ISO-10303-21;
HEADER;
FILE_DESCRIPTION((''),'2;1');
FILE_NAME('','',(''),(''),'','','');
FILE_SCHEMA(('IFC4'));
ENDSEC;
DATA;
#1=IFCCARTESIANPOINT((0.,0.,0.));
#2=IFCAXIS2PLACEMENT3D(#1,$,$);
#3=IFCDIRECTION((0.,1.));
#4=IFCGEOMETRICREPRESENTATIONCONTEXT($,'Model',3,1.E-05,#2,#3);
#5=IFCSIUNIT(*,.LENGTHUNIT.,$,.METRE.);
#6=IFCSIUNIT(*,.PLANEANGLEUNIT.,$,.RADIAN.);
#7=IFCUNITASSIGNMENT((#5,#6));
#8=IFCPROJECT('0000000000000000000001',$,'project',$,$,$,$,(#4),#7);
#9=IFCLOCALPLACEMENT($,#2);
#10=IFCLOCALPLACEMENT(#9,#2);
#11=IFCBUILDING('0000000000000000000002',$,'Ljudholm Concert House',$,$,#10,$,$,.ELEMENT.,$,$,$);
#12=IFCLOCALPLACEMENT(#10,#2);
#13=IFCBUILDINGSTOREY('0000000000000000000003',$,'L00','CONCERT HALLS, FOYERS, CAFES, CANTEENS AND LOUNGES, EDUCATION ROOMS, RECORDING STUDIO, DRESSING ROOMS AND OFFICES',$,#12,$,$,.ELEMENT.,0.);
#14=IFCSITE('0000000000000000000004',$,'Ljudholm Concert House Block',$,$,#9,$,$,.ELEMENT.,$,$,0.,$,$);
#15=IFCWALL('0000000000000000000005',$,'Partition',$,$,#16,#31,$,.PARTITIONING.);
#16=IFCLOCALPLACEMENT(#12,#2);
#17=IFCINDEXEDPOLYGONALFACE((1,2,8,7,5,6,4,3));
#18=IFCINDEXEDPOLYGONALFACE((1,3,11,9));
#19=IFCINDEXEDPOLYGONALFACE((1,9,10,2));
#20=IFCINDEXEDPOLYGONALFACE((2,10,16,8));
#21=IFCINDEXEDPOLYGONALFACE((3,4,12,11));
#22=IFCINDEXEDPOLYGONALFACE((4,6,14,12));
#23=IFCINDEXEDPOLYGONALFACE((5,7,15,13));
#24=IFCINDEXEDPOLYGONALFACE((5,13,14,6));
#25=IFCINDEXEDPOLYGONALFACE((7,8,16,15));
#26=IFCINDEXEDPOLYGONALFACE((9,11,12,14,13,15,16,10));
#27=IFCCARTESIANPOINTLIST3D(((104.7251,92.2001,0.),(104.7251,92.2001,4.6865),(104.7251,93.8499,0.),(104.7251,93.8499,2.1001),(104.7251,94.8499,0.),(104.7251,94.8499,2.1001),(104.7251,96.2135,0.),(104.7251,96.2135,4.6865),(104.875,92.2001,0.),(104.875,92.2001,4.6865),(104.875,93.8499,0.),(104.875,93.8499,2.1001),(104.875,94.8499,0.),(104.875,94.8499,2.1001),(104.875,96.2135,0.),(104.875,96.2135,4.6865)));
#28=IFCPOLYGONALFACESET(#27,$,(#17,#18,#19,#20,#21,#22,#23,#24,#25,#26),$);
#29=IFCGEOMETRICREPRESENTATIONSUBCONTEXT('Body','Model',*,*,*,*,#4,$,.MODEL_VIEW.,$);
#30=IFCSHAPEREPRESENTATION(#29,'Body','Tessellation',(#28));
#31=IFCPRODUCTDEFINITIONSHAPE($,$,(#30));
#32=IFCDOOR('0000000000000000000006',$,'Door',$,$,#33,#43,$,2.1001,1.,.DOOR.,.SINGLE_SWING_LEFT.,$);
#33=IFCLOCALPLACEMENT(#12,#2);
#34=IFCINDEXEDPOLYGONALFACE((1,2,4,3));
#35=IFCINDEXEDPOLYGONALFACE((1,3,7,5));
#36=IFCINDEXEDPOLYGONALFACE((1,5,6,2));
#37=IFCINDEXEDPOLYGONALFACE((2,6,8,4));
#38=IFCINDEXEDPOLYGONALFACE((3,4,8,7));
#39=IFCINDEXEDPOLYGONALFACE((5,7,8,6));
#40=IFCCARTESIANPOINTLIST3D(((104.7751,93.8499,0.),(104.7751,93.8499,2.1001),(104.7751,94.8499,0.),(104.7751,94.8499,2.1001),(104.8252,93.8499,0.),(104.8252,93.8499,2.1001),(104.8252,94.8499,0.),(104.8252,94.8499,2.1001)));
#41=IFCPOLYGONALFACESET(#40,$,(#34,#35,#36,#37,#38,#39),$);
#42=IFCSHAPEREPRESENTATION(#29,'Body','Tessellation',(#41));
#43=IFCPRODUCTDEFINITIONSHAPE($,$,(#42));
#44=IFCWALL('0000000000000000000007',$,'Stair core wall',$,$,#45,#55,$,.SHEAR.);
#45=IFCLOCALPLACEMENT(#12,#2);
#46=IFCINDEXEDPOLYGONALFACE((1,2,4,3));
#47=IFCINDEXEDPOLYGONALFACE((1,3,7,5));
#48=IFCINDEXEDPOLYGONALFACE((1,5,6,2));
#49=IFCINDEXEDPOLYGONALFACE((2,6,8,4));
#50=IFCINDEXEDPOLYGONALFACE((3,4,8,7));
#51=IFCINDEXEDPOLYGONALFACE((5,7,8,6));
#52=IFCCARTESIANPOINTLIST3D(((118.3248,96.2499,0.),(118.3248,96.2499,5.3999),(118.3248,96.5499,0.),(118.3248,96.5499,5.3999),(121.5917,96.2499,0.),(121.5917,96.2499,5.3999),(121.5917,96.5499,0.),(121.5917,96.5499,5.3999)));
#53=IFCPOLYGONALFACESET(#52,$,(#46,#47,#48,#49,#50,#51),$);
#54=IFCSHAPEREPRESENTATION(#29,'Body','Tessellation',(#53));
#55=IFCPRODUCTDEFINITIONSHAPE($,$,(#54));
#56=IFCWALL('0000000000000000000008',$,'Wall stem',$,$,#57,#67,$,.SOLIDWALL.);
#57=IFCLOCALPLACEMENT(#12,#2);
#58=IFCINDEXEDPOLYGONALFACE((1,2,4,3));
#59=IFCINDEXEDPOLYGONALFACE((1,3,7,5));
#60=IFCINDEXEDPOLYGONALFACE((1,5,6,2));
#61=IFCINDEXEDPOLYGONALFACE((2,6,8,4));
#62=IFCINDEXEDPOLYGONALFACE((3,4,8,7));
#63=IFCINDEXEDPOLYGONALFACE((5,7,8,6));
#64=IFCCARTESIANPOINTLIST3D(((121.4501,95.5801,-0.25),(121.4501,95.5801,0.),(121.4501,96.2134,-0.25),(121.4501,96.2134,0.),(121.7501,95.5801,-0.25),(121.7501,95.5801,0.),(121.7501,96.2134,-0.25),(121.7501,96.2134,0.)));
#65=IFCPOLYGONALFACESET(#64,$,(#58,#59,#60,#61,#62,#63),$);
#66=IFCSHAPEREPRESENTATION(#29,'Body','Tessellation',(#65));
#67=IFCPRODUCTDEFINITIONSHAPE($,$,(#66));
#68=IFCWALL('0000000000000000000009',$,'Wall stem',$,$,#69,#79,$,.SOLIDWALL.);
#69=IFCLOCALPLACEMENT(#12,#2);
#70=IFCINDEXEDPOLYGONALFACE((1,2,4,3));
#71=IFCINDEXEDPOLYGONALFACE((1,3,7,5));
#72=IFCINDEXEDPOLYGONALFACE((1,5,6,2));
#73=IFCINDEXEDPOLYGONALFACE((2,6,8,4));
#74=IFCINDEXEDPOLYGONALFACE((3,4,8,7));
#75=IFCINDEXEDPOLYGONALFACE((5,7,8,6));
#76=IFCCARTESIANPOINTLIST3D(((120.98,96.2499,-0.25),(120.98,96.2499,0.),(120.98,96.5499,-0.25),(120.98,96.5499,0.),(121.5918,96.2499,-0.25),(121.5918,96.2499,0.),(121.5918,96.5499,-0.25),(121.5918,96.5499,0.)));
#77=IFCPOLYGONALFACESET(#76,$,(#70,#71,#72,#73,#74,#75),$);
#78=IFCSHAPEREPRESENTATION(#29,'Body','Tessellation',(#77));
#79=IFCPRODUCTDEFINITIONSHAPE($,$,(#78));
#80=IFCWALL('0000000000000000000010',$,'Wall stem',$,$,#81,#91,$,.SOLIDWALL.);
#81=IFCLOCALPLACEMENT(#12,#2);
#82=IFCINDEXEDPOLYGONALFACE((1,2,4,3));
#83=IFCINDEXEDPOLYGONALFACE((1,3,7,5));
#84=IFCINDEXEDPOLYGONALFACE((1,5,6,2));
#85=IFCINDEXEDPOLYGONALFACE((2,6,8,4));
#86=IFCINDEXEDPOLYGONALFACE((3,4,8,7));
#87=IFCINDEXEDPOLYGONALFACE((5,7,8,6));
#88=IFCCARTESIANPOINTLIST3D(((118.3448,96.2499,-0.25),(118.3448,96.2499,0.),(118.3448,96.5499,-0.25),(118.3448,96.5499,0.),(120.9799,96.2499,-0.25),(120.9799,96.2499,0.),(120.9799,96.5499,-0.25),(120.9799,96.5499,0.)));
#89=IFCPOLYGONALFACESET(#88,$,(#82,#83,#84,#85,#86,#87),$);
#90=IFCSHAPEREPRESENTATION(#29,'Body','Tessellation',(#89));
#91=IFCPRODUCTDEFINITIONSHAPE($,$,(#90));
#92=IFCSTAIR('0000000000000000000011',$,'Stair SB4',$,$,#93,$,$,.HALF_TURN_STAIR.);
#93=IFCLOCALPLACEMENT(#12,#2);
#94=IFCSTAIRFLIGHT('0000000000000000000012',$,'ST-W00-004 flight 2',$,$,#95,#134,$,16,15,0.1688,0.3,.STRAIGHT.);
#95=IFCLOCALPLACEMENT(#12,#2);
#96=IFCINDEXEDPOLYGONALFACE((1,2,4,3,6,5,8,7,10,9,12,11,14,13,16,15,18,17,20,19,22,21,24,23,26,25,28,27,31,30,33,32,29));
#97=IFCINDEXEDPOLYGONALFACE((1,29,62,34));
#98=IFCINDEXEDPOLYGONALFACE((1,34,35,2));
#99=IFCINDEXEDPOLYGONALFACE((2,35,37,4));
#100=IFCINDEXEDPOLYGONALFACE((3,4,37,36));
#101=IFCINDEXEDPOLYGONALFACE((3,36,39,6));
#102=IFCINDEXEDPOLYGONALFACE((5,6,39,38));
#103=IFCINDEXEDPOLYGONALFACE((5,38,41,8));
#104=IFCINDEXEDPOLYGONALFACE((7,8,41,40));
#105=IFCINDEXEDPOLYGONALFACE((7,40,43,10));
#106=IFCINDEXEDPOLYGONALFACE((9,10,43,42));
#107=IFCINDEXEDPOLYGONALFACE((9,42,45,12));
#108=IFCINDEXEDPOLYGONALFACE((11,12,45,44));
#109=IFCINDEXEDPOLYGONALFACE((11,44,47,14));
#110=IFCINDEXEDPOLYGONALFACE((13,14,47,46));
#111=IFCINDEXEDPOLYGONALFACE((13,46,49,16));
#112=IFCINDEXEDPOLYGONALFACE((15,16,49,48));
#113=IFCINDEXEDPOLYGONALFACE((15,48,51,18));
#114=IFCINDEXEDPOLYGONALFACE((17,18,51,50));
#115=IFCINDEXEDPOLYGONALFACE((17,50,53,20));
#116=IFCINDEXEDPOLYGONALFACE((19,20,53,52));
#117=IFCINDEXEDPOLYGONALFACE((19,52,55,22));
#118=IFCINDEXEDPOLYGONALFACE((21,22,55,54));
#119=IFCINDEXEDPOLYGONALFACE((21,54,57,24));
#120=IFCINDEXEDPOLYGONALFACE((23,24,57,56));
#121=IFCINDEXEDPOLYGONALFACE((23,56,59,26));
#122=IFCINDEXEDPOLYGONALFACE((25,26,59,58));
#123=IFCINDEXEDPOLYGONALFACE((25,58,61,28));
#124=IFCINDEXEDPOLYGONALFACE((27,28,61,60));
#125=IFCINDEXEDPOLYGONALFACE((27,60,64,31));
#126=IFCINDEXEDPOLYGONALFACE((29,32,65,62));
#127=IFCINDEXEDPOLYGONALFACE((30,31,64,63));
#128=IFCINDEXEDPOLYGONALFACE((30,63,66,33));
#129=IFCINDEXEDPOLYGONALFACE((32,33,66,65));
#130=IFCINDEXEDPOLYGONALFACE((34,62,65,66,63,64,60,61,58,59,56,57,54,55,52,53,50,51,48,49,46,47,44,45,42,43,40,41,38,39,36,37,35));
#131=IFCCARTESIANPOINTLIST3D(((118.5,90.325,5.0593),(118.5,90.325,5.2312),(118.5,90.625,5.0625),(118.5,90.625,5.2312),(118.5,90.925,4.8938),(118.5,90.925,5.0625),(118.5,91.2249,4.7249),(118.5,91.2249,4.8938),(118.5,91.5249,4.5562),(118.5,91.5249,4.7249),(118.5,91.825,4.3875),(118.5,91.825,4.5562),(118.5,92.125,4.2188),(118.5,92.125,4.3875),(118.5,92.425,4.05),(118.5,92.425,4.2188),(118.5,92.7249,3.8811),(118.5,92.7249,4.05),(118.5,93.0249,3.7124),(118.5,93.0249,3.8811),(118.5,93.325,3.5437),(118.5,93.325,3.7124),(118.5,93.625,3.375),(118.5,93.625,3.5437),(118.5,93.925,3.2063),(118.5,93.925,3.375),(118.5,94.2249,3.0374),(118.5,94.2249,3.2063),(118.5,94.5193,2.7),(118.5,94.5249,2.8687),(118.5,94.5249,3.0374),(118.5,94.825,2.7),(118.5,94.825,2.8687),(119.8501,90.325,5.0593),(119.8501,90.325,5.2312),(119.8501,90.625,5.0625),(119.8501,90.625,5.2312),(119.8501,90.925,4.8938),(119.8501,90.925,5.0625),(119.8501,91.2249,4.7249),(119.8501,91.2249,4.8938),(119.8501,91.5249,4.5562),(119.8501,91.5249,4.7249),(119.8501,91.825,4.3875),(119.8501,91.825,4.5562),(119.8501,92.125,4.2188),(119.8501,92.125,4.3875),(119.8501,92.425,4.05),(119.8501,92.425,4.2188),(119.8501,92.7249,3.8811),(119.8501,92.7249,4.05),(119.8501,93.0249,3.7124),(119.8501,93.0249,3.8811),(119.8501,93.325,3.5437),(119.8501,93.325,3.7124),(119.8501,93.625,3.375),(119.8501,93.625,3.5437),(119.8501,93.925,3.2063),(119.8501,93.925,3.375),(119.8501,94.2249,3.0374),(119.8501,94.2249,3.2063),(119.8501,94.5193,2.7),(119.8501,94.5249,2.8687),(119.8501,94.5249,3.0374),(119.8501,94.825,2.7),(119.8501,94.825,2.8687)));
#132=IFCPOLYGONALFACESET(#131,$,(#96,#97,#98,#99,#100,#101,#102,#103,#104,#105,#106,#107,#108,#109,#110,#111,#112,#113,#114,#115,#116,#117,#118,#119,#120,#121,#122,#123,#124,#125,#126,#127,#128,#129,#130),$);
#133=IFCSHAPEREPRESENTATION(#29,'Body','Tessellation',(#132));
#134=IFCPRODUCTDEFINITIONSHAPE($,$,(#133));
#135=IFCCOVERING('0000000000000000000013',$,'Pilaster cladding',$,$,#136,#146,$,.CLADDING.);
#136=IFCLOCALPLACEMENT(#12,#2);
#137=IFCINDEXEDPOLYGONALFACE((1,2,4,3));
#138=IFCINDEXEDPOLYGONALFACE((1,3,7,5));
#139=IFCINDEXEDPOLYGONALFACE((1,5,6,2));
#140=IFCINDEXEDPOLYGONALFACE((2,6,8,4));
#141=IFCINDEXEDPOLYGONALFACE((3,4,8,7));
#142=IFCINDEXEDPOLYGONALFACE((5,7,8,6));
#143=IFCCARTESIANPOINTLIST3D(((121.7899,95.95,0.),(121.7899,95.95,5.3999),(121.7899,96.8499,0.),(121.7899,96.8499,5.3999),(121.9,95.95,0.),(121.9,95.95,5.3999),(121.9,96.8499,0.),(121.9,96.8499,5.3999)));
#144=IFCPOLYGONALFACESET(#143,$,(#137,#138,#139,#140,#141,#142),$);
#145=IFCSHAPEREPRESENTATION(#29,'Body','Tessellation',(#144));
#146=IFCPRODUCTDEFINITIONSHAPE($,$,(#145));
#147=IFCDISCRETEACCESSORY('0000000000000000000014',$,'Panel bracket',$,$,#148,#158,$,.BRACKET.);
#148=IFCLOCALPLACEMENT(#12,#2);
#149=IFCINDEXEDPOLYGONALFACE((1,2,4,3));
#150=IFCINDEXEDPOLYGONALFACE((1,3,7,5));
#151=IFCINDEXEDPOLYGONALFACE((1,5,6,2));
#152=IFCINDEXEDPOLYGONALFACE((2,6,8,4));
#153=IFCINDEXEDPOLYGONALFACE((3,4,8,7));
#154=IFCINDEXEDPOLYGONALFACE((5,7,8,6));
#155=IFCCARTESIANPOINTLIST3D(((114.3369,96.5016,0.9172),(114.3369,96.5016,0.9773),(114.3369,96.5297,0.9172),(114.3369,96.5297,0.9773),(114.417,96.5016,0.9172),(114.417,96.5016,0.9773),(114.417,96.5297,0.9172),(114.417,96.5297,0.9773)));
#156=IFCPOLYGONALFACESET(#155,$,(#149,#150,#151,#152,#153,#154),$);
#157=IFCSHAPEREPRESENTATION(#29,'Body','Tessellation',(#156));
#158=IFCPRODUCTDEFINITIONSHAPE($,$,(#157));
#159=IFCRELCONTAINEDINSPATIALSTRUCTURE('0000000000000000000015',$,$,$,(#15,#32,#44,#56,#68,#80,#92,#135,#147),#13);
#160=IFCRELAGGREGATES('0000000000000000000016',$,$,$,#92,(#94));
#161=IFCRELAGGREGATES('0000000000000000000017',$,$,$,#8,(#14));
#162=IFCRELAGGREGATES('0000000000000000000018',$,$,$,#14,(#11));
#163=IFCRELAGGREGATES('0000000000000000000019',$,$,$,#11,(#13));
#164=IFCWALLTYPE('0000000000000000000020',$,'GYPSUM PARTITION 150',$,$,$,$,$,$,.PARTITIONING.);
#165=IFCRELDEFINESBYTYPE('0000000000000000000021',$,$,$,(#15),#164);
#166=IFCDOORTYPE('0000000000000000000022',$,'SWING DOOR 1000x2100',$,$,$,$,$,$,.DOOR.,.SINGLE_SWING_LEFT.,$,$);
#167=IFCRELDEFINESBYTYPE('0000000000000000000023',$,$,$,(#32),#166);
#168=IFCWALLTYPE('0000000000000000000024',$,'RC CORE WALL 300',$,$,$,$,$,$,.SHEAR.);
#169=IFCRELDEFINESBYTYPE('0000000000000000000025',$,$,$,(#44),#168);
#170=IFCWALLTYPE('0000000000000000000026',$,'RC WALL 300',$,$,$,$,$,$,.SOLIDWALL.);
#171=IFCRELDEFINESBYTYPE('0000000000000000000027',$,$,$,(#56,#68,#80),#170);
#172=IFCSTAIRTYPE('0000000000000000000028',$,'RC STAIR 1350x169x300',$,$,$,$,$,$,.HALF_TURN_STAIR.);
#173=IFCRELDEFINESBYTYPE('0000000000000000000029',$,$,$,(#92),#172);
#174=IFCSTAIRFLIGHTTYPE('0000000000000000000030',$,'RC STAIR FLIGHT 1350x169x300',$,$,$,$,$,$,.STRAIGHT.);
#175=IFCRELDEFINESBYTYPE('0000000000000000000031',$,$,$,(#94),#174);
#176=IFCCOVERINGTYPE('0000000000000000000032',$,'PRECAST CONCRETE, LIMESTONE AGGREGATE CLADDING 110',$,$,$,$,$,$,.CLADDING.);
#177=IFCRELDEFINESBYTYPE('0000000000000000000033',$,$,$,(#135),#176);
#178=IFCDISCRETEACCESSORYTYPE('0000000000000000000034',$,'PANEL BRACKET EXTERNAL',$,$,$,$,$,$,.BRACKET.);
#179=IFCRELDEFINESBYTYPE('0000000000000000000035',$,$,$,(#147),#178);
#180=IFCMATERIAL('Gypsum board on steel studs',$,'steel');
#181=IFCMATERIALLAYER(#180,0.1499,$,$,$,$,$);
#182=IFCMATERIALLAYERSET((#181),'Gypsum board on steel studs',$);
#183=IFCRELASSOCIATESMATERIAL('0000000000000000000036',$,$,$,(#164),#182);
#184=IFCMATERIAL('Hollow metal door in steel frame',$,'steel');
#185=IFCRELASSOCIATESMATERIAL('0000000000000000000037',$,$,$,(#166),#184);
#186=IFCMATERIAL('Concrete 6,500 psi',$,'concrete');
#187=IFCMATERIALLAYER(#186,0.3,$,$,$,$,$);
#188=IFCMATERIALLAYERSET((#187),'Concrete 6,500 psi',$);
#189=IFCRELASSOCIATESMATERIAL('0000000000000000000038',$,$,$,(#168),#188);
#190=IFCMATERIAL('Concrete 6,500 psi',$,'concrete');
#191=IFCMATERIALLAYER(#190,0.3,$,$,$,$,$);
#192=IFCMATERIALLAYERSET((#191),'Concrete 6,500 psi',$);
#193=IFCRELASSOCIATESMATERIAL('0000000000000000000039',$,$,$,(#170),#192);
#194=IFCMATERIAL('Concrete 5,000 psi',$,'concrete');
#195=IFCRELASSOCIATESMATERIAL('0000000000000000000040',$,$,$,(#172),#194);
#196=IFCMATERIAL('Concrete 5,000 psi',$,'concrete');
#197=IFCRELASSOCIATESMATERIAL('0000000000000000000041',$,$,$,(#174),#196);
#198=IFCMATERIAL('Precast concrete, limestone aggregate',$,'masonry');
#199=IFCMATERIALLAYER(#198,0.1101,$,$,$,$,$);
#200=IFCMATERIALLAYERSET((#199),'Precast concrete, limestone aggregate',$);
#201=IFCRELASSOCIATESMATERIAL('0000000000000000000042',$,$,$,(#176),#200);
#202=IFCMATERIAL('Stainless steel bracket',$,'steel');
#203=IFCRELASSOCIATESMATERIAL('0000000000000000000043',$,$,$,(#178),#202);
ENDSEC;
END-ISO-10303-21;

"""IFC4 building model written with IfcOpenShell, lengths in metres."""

from ifc_helpers import new_model, si_unit, direction, frame, frame_2d, origin, origin_2d, place, context, subcontext, project, spatial, polyline, rectangle, outline, extrude, material, layer, layer_set, type_object, element, fill, aggregate, save


model = new_model("IFC4")

# Units and contexts
model_context = context("Model", 3, precision=1e-05, world=origin(), true_north=direction((0.0, 1.0)))
body_context = subcontext(model_context, "Body", "Model", "MODEL_VIEW")
ifc_project = project(units=[si_unit("LENGTHUNIT", "METRE"), si_unit("PLANEANGLEUNIT", "RADIAN")], contexts=[model_context])

# Site, building, storey
site_placement = place(None, origin())
site = spatial("IfcSite", under=ifc_project, at=site_placement, Name="Ljudholm Concert House Block", CompositionType="ELEMENT", RefElevation=0.0)
building_placement = place(site_placement, origin())
building = spatial("IfcBuilding", under=site, at=building_placement, Name="Ljudholm Concert House", CompositionType="ELEMENT")
storey_placement = place(building_placement, origin())
storey = spatial("IfcBuildingStorey", under=building, at=storey_placement, Name="L00", Description="CONCERT HALLS, FOYERS, CAFES, CANTEENS AND LOUNGES, EDUCATION ROOMS, RECORDING STUDIO, DRESSING ROOMS AND OFFICES", CompositionType="ELEMENT", Elevation=0.0)

# Wall, opening, door
ifc_material_1 = material(Name="Gypsum board on steel studs", Category="steel")
ifc_layer_1 = layer(ifc_material_1, 0.1499)
ifc_layer_set_1 = layer_set([ifc_layer_1], Name="Gypsum board on steel studs")
wall_type_1 = type_object("IfcWallType", Name="GYPSUM PARTITION 150", PredefinedType="PARTITIONING", material=ifc_layer_set_1)
wall_1_placement = place(storey_placement, frame((104.8, 92.2, 0.0), z_axis=(0.0, 0.0, 1.0), x_axis=(0.0, 1.0, 0.0)))
wall_1 = element("IfcWall", 1, at=wall_1_placement, inside=storey, type_object=wall_type_1, Name="Partition", PredefinedType="PARTITIONING", context=body_context, shape_type="SweptSolid", body=[
    extrude(rectangle(XDim=4.0134, YDim=0.1499, at=frame_2d((2.0068, 0.0))), origin(), (0.0, 0.0, 1.0), 4.6865),
])
opening_placement = place(wall_1_placement, frame((1.6499, 0.0, 0.0)))
opening = element("IfcOpeningElement", 2, at=opening_placement, cuts=wall_1, PredefinedType="OPENING", context=body_context, shape_type="SweptSolid", body=[
    extrude(rectangle(XDim=1.0, YDim=2.1001, at=frame_2d((0.5, 1.05))), frame((0.0, 0.085, 0.0), z_axis=(0.0, -1.0, 0.0), x_axis=(1.0, 0.0, 0.0)), (0.0, 0.0, 1.0), 0.1699),
])
ifc_material_2 = material(Name="Hollow metal door in steel frame", Category="steel")
door_type = type_object("IfcDoorType", Name="SWING DOOR 1000x2100", OperationType="SINGLE_SWING_LEFT", PredefinedType="DOOR", material=ifc_material_2)
door_placement = place(opening_placement, origin())
door = element("IfcDoor", 3, at=door_placement, inside=storey, type_object=door_type, Name="Door", OperationType="SINGLE_SWING_LEFT", OverallHeight=2.1001, OverallWidth=1.0, PredefinedType="DOOR", context=body_context, shape_type="SweptSolid", body=[
    extrude(rectangle(XDim=1.0, YDim=2.1001, at=frame_2d((0.5, 1.05))), frame((0.0, 0.0249, 0.0), z_axis=(0.0, -1.0, 0.0), x_axis=(1.0, 0.0, 0.0)), (0.0, 0.0, 1.0), 0.05),
])
fill(opening, door)

# Walls
ifc_material_3 = material(Name="Concrete 6,500 psi", Category="concrete")
ifc_layer_2 = layer(ifc_material_3, 0.3)
ifc_layer_set_2 = layer_set([ifc_layer_2], Name="Concrete 6,500 psi")
wall_type_2 = type_object("IfcWallType", Name="RC CORE WALL 300", PredefinedType="SHEAR", material=ifc_layer_set_2)
wall_2_placement = place(storey_placement, frame((118.325, 96.3999, 0.0), z_axis=(0.0, 0.0, 1.0), x_axis=(1.0, 0.0, 0.0)))
element("IfcWall", 4, at=wall_2_placement, inside=storey, type_object=wall_type_2, Name="Stair core wall", PredefinedType="SHEAR", context=body_context, shape_type="SweptSolid", body=[
    extrude(rectangle(XDim=3.2668, YDim=0.3, at=frame_2d((1.6333, 0.0))), origin(), (0.0, 0.0, 1.0), 5.3999),
])
ifc_material_4 = material(Name="Concrete 6,500 psi", Category="concrete")
ifc_layer_3 = layer(ifc_material_4, 0.3)
ifc_layer_set_3 = layer_set([ifc_layer_3], Name="Concrete 6,500 psi")
wall_type_3 = type_object("IfcWallType", Name="RC WALL 300", PredefinedType="SOLIDWALL", material=ifc_layer_set_3)
wall_3_placement = place(storey_placement, frame((121.6001, 95.5801, -0.25), z_axis=(0.0, 0.0, 1.0), x_axis=(0.0, 1.0, 0.0)))
element("IfcWall", 5, at=wall_3_placement, inside=storey, type_object=wall_type_3, Name="Wall stem", PredefinedType="SOLIDWALL", context=body_context, shape_type="SweptSolid", body=[
    extrude(rectangle(XDim=0.6333, YDim=0.3, at=frame_2d((0.3167, 0.0))), origin(), (0.0, 0.0, 1.0), 0.25),
])
wall_4_placement = place(storey_placement, frame((120.98, 96.3999, -0.25), z_axis=(0.0, 0.0, 1.0), x_axis=(1.0, 0.0, 0.0)))
element("IfcWall", 6, at=wall_4_placement, inside=storey, type_object=wall_type_3, Name="Wall stem", PredefinedType="SOLIDWALL", context=body_context, shape_type="SweptSolid", body=[
    extrude(rectangle(XDim=0.6118, YDim=0.3, at=frame_2d((0.3059, 0.0))), origin(), (0.0, 0.0, 1.0), 0.25),
])
wall_5_placement = place(storey_placement, frame((118.345, 96.3999, -0.25), z_axis=(0.0, 0.0, 1.0), x_axis=(1.0, 0.0, 0.0)))
element("IfcWall", 7, at=wall_5_placement, inside=storey, type_object=wall_type_3, Name="Wall stem", PredefinedType="SOLIDWALL", context=body_context, shape_type="SweptSolid", body=[
    extrude(rectangle(XDim=2.635, YDim=0.3, at=frame_2d((1.3174, 0.0))), origin(), (0.0, 0.0, 1.0), 0.25),
])

# Stair, stair flight
ifc_material_5 = material(Name="Concrete 5,000 psi", Category="concrete")
stair_type = type_object("IfcStairType", Name="RC STAIR 1350x169x300", PredefinedType="HALF_TURN_STAIR", material=ifc_material_5)
stair_placement = place(storey_placement, origin())
stair = element("IfcStair", 8, at=stair_placement, inside=storey, type_object=stair_type, Name="Stair SB4", PredefinedType="HALF_TURN_STAIR")
ifc_material_6 = material(Name="Concrete 5,000 psi", Category="concrete")
stair_flight_type = type_object("IfcStairFlightType", Name="RC STAIR FLIGHT 1350x169x300", PredefinedType="STRAIGHT", material=ifc_material_6)
stair_flight_placement = place(storey_placement, frame((119.175, 94.825, 2.7), z_axis=(0.0, 0.0, 1.0), x_axis=(0.0, -1.0, 0.0)))
stair_flight = element("IfcStairFlight", 9, at=stair_flight_placement, type_object=stair_flight_type, Name="ST-W00-004 flight 2", NumberOfRisers=16, NumberOfTreads=15, PredefinedType="STRAIGHT", RiserHeight=0.1688, TreadLength=0.3, context=body_context, shape_type="SweptSolid", body=[
    extrude(outline(polyline([(0.0, 0.0), (0.0, 0.1687), (0.3, 0.1687), (0.3, 0.3374), (0.6001, 0.3374), (0.6001, 0.5063), (0.8999, 0.5063), (0.8999, 0.675), (1.2, 0.675), (1.2, 0.8438), (1.5, 0.8438), (1.5, 1.0125), (1.8, 1.0125), (1.8, 1.1812), (2.1001, 1.1812), (2.1001, 1.3501), (2.3999, 1.3501), (2.3999, 1.5188), (2.7, 1.5188), (2.7, 1.6875), (3.0, 1.6875), (3.0, 1.8562), (3.3, 1.8562), (3.3, 2.0249), (3.6001, 2.0249), (3.6001, 2.1938), (3.8999, 2.1938), (3.8999, 2.3625), (4.2, 2.3625), (4.2, 2.5312), (4.5, 2.5312), (4.5, 2.7), (4.5, 2.3594), (0.3057, 0.0), (0.0, 0.0)])), frame((0.0, 0.675, 0.0), z_axis=(0.0, -1.0, 0.0), x_axis=(1.0, 0.0, 0.0)), (0.0, 0.0, 1.0), 1.3501),
])
aggregate(stair, [stair_flight])

# Covering
ifc_material_7 = material(Name="Precast concrete, limestone aggregate", Category="masonry")
ifc_layer_4 = layer(ifc_material_7, 0.1101)
ifc_layer_set_4 = layer_set([ifc_layer_4], Name="Precast concrete, limestone aggregate")
covering_type = type_object("IfcCoveringType", Name="PRECAST CONCRETE, LIMESTONE AGGREGATE CLADDING 110", PredefinedType="CLADDING", material=ifc_layer_set_4)
covering_placement = place(storey_placement, frame((121.845, 96.3999, 0.0), z_axis=(0.0, 0.0, 1.0), x_axis=(1.0, 0.0, 0.0)))
element("IfcCovering", 10, at=covering_placement, inside=storey, type_object=covering_type, Name="Pilaster cladding", PredefinedType="CLADDING", context=body_context, shape_type="SweptSolid", body=[
    extrude(rectangle(XDim=0.1101, YDim=0.8999, at=origin_2d()), origin(), (0.0, 0.0, 1.0), 5.3999),
])

# Discrete accessory
ifc_material_8 = material(Name="Stainless steel bracket", Category="steel")
discrete_accessory_type = type_object("IfcDiscreteAccessoryType", Name="PANEL BRACKET EXTERNAL", PredefinedType="BRACKET", material=ifc_material_8)
discrete_accessory_placement = place(storey_placement, frame((114.377, 96.5156, 0.9172), z_axis=(0.0, 0.0, 1.0), x_axis=(0.0, 1.0, 0.0)))
element("IfcDiscreteAccessory", 11, at=discrete_accessory_placement, inside=storey, type_object=discrete_accessory_type, Name="Panel bracket", PredefinedType="BRACKET", context=body_context, shape_type="SweptSolid", body=[
    extrude(rectangle(XDim=0.0281, YDim=0.0801, at=origin_2d()), origin(), (0.0, 0.0, 1.0), 0.0601),
])

save(model, "model.ifc")
